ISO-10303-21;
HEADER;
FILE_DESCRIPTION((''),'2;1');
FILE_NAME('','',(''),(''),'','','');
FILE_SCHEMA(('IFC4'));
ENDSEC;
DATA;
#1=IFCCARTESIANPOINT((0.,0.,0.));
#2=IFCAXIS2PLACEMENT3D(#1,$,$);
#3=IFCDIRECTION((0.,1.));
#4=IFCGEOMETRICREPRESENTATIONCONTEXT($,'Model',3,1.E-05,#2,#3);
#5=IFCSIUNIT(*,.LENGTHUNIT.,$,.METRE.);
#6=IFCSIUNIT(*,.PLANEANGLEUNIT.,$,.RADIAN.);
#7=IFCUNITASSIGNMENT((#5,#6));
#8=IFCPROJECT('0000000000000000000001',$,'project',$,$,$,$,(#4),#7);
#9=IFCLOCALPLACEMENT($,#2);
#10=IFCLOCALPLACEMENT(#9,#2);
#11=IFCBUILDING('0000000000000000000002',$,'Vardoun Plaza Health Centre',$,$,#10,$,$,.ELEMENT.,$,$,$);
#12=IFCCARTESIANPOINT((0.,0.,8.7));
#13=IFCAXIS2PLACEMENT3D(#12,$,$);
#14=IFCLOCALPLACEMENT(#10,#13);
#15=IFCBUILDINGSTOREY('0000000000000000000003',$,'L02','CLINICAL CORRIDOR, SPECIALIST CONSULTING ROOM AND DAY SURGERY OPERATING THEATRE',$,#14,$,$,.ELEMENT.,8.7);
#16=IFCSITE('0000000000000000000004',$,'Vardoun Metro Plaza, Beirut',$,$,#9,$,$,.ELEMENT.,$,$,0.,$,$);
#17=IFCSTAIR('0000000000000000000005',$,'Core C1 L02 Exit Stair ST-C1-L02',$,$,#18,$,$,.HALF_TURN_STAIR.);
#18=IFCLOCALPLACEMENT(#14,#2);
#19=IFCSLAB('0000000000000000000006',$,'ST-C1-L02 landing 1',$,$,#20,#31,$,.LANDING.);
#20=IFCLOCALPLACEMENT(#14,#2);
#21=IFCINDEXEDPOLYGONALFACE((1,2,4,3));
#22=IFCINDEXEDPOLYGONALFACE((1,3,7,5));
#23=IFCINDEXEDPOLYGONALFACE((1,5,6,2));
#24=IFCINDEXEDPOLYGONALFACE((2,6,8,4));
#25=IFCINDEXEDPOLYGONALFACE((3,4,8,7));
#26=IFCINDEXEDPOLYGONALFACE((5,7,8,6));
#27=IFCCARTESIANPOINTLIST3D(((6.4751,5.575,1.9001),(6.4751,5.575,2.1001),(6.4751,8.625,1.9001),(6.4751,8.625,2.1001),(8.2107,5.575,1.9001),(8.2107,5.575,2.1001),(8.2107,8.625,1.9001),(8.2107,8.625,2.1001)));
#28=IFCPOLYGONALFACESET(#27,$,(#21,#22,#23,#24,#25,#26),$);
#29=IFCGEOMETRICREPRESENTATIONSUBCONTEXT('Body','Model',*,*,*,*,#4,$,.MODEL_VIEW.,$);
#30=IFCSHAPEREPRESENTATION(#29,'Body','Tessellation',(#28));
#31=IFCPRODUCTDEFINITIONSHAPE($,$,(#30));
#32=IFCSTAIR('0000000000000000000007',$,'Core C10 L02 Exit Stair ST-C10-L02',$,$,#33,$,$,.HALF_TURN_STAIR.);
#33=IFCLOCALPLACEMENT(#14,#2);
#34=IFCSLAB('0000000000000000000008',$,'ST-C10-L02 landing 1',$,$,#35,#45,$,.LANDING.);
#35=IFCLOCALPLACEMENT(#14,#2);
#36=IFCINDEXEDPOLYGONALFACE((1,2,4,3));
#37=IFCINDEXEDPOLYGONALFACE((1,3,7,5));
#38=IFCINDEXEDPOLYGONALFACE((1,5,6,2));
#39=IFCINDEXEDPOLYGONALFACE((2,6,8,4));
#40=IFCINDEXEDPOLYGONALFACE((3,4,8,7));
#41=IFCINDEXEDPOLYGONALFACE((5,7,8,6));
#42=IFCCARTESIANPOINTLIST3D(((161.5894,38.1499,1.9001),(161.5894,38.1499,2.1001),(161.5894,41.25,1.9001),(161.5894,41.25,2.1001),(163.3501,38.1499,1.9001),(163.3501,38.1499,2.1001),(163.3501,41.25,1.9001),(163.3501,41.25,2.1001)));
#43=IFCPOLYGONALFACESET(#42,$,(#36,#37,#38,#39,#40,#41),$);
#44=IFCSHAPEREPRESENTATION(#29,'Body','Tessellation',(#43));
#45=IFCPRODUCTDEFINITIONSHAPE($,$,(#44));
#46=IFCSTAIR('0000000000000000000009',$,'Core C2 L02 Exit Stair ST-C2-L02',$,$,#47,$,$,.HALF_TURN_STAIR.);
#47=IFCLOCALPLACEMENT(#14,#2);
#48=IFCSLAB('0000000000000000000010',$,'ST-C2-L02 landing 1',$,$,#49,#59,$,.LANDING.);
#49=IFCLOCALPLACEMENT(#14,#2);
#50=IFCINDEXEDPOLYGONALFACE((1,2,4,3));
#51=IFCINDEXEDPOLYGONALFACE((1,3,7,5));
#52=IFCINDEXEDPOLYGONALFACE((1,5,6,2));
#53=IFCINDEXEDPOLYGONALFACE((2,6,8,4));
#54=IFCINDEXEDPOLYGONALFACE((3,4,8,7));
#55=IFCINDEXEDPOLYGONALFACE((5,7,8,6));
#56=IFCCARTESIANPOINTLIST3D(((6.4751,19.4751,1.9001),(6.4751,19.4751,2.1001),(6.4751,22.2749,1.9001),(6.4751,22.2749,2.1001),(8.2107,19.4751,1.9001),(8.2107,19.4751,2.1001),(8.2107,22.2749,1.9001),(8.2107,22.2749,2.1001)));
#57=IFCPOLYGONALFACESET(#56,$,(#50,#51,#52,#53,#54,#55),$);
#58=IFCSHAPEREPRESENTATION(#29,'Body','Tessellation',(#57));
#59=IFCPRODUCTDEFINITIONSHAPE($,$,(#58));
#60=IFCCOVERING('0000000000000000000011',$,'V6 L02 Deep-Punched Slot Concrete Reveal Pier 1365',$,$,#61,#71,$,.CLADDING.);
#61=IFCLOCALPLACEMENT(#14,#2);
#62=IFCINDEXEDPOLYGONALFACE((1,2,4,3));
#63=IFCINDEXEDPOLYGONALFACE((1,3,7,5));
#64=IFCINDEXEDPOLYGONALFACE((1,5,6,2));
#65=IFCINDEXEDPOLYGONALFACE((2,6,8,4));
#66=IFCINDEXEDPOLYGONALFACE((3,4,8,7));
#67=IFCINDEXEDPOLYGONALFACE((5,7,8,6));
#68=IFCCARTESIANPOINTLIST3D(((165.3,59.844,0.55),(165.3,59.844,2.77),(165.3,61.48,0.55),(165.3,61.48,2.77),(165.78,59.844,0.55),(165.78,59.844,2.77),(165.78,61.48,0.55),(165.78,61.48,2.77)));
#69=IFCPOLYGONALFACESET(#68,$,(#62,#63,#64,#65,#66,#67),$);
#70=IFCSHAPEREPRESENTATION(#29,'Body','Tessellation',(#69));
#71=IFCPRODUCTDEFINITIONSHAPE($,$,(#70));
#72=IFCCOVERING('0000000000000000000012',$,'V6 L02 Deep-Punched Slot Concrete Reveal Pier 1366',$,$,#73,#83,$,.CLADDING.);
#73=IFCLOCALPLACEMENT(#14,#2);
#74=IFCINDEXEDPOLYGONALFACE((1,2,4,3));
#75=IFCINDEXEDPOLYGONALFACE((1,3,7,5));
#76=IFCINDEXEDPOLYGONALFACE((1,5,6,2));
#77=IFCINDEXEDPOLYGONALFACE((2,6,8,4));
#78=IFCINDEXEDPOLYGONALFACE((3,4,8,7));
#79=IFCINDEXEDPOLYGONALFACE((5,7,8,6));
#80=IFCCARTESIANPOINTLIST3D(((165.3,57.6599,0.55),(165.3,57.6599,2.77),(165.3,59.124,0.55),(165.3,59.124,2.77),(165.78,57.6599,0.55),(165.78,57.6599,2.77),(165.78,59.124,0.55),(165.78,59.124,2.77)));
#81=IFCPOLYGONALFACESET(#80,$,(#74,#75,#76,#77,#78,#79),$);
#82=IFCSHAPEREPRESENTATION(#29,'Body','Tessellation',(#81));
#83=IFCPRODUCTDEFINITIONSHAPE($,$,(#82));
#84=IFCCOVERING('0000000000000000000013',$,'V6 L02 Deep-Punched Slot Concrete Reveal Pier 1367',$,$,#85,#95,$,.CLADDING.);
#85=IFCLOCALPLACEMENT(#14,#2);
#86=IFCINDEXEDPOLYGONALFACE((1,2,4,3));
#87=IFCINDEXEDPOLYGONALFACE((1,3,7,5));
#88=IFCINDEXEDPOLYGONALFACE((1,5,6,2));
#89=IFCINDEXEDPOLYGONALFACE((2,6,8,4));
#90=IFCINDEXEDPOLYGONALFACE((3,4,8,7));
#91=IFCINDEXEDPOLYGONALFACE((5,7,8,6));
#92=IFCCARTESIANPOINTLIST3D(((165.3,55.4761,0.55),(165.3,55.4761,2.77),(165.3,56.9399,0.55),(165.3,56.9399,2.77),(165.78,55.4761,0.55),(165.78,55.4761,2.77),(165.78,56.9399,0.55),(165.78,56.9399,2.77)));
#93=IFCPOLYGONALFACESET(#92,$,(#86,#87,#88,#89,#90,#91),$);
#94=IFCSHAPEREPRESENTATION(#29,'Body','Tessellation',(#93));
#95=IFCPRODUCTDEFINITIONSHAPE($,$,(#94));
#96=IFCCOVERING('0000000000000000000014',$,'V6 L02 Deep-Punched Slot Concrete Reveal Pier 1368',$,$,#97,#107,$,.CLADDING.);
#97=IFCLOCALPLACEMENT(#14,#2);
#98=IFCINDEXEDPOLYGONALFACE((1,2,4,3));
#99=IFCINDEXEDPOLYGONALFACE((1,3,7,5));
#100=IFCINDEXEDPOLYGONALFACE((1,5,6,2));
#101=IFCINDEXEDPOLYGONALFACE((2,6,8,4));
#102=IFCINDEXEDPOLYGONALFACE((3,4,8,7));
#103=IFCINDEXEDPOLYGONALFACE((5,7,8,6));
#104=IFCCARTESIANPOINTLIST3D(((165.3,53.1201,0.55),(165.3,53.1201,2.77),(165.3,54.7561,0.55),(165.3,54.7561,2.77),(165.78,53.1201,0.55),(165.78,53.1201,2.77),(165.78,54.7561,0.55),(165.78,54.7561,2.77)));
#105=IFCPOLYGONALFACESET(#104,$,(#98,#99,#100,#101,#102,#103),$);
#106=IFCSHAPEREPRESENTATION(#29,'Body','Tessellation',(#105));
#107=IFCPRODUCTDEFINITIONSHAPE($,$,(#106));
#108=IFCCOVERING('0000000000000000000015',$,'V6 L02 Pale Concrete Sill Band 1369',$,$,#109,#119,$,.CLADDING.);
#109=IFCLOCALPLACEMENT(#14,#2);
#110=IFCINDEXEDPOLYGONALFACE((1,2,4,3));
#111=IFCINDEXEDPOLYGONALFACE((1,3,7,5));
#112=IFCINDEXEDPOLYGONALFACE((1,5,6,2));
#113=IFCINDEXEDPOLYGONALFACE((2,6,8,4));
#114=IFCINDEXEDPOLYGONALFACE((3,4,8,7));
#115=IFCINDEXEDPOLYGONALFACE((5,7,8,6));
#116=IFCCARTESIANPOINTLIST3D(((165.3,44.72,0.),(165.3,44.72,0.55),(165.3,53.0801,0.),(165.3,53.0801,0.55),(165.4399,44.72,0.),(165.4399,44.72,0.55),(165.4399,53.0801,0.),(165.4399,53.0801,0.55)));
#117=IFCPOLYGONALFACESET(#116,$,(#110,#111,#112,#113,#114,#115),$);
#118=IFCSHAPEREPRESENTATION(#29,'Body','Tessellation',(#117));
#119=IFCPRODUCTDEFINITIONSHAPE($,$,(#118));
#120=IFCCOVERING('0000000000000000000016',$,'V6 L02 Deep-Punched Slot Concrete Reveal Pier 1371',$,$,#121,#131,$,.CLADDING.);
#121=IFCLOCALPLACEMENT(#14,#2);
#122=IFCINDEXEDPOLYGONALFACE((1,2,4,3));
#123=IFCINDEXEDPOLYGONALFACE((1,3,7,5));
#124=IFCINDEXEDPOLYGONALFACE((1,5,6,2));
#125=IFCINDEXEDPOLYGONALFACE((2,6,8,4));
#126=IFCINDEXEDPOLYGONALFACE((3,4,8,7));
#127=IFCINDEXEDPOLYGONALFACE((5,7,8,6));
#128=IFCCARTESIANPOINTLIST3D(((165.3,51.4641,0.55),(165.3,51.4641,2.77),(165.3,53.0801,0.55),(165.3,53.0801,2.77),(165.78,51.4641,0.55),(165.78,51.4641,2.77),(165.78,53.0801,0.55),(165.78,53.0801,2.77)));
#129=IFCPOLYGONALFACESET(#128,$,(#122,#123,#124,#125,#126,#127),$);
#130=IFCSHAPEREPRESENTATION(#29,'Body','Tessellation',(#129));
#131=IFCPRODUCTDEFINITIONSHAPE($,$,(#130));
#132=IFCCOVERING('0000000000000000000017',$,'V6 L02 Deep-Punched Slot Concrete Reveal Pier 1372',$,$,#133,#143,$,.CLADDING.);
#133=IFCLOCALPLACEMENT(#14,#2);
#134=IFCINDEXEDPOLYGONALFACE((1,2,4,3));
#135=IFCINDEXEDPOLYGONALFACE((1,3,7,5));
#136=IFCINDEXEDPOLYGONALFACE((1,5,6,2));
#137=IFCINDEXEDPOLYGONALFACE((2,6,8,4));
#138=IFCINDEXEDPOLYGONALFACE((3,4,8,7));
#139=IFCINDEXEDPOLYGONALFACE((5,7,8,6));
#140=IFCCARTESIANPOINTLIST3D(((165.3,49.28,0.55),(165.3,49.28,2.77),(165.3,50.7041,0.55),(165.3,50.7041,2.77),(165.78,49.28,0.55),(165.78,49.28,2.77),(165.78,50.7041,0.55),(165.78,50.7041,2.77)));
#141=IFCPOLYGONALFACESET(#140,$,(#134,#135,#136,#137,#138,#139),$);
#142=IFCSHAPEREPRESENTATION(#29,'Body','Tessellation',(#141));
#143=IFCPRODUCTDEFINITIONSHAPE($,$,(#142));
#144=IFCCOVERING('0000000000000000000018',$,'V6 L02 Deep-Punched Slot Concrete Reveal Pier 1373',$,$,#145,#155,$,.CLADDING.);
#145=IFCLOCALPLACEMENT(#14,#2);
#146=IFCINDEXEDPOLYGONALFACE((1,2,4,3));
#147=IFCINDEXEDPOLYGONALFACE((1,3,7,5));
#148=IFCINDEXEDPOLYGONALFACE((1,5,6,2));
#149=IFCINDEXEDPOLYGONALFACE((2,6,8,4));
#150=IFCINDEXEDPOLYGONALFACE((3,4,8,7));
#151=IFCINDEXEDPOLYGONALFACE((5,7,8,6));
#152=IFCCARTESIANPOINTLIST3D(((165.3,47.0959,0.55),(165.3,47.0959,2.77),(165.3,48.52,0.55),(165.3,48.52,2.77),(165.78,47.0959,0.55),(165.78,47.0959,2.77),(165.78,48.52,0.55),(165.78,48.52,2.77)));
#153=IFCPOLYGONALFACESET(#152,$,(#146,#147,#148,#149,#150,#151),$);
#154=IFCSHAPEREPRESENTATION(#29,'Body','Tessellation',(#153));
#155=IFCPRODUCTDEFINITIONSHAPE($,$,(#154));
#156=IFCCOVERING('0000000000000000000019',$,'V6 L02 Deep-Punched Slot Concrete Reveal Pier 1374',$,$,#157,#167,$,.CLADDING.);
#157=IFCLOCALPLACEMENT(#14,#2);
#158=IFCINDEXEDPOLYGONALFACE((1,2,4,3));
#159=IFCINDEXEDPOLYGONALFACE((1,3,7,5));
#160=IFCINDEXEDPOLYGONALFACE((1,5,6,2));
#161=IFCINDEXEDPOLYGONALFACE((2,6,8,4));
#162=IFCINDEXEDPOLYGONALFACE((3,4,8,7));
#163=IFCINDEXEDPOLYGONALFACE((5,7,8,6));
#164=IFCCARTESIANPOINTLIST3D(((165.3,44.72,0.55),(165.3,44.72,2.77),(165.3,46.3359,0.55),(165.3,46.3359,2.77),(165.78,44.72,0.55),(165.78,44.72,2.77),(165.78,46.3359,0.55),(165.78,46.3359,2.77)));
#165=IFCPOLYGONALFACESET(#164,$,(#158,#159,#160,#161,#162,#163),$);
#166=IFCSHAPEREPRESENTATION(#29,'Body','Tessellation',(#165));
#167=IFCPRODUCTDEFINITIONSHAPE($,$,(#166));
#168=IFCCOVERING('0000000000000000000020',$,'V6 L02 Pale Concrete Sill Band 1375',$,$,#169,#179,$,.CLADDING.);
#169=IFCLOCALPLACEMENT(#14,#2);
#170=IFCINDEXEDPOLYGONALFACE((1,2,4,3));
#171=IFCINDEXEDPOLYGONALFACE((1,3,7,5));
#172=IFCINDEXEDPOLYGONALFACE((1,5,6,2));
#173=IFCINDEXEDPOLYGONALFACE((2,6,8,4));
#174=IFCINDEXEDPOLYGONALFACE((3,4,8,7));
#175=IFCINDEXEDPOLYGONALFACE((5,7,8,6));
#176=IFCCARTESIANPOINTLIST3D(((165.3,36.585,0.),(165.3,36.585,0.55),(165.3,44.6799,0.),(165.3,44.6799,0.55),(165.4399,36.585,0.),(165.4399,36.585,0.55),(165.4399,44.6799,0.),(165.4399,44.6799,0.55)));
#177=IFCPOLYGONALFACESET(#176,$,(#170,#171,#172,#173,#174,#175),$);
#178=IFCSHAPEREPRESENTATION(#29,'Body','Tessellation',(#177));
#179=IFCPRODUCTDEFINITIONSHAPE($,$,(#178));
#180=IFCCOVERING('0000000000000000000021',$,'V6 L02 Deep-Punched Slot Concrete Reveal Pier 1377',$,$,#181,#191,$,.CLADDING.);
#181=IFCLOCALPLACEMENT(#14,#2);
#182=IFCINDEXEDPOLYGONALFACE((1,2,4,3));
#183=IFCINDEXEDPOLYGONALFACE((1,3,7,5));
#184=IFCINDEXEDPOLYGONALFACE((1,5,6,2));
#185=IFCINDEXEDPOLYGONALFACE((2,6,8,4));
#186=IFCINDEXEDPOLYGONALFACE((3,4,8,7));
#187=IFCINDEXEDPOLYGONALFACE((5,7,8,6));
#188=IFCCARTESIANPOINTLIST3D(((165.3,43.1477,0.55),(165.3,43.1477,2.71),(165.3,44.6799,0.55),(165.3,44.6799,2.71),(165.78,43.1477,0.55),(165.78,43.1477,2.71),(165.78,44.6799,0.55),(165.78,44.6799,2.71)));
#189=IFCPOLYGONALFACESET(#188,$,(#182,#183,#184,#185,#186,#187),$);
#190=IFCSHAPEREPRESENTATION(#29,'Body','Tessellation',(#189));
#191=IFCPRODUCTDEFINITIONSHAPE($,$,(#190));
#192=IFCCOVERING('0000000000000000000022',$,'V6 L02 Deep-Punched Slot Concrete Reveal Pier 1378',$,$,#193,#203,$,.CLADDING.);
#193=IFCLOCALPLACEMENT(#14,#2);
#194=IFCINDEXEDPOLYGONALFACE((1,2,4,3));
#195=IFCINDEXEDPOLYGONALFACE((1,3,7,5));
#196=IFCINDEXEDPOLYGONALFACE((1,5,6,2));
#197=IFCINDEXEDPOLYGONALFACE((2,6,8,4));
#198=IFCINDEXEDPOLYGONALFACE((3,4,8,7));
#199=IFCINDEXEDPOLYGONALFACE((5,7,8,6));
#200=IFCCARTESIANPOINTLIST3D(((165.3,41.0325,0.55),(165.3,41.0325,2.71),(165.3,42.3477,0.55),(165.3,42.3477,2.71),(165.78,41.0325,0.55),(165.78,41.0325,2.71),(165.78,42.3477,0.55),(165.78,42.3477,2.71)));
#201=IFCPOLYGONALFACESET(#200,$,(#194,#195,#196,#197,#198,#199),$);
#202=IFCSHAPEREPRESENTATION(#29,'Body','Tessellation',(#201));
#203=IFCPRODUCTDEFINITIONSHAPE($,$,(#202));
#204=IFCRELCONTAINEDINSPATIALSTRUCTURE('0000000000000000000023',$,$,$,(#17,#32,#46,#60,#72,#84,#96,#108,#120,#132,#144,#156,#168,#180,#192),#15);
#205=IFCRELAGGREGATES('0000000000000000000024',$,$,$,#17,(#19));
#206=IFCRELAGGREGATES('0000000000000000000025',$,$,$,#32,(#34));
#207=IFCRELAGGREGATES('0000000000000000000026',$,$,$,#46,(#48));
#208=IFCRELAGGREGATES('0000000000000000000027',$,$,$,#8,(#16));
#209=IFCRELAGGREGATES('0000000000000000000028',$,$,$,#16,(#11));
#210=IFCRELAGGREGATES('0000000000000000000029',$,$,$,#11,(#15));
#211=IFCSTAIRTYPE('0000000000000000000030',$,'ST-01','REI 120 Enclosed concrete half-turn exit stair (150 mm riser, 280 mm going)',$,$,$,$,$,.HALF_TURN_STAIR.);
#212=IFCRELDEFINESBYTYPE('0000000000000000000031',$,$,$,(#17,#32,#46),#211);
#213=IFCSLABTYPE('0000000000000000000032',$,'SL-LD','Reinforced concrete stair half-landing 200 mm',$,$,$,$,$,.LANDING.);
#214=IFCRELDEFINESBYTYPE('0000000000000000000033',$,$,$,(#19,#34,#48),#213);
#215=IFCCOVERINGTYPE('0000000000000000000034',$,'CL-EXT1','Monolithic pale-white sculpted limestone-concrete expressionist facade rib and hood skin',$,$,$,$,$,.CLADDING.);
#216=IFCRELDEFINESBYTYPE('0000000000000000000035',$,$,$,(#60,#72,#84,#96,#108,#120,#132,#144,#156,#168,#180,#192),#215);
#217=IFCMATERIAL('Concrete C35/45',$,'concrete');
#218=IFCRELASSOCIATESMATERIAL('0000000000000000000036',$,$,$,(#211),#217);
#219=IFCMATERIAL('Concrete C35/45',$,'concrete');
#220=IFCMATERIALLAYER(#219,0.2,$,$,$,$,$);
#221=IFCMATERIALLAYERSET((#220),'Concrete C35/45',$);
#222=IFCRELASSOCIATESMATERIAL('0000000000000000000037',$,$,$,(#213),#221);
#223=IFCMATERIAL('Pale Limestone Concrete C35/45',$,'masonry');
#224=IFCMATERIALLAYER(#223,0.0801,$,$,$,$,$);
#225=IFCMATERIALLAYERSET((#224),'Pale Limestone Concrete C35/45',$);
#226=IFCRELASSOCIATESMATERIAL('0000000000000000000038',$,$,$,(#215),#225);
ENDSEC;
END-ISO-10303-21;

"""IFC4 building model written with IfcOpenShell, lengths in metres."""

from ifc_helpers import new_model, si_unit, direction, frame, origin, place, context, subcontext, project, spatial, polyline, outline, extrude, material, layer, layer_set, type_object, element, aggregate, save


model = new_model("IFC4")

# Units and contexts
model_context = context("Model", 3, precision=1e-05, world=origin(), true_north=direction((0.0, 1.0)))
body_context = subcontext(model_context, "Body", "Model", "MODEL_VIEW")
ifc_project = project(units=[si_unit("LENGTHUNIT", "METRE"), si_unit("PLANEANGLEUNIT", "RADIAN")], contexts=[model_context])

# Site, building, storey
site_placement = place(None, origin())
site = spatial("IfcSite", under=ifc_project, at=site_placement, Name="Vardoun Metro Plaza, Beirut", CompositionType="ELEMENT", RefElevation=0.0)
building_placement = place(site_placement, origin())
building = spatial("IfcBuilding", under=site, at=building_placement, Name="Vardoun Plaza Health Centre", CompositionType="ELEMENT")
storey_placement = place(building_placement, frame((0.0, 0.0, 8.7)))
storey = spatial("IfcBuildingStorey", under=building, at=storey_placement, Name="L02", Description="CLINICAL CORRIDOR, SPECIALIST CONSULTING ROOM AND DAY SURGERY OPERATING THEATRE", CompositionType="ELEMENT", Elevation=8.7)

# Stairs, slabs
ifc_material_1 = material(Name="Concrete C35/45", Category="concrete")
stair_type = type_object("IfcStairType", Name="ST-01", Description="REI 120 Enclosed concrete half-turn exit stair (150 mm riser, 280 mm going)", PredefinedType="HALF_TURN_STAIR", material=ifc_material_1)
stair_1_placement = place(storey_placement, origin())
stair_1 = element("IfcStair", 1, at=stair_1_placement, inside=storey, type_object=stair_type, Name="Core C1 L02 Exit Stair ST-C1-L02", PredefinedType="HALF_TURN_STAIR")
ifc_material_2 = material(Name="Concrete C35/45", Category="concrete")
ifc_layer_1 = layer(ifc_material_2, 0.2)
ifc_layer_set_1 = layer_set([ifc_layer_1], Name="Concrete C35/45")
slab_type = type_object("IfcSlabType", Name="SL-LD", Description="Reinforced concrete stair half-landing 200 mm", PredefinedType="LANDING", material=ifc_layer_set_1)
slab_1_placement = place(storey_placement, frame((0.0, 0.0, 1.9001)))
slab_1 = element("IfcSlab", 2, at=slab_1_placement, type_object=slab_type, Name="ST-C1-L02 landing 1", PredefinedType="LANDING", context=body_context, shape_type="SweptSolid", body=[
    extrude(outline(polyline([(6.4751, 5.575), (8.2107, 5.575), (8.2107, 8.625), (6.4751, 8.625), (6.4751, 5.575)])), origin(), (0.0, 0.0, 1.0), 0.2),
])
aggregate(stair_1, [slab_1])
stair_2_placement = place(storey_placement, origin())
stair_2 = element("IfcStair", 3, at=stair_2_placement, inside=storey, type_object=stair_type, Name="Core C10 L02 Exit Stair ST-C10-L02", PredefinedType="HALF_TURN_STAIR")
slab_2_placement = place(storey_placement, frame((0.0, 0.0, 1.9001)))
slab_2 = element("IfcSlab", 4, at=slab_2_placement, type_object=slab_type, Name="ST-C10-L02 landing 1", PredefinedType="LANDING", context=body_context, shape_type="SweptSolid", body=[
    extrude(outline(polyline([(161.5894, 38.1499), (163.3501, 38.1499), (163.3501, 41.25), (161.5894, 41.25), (161.5894, 38.1499)])), origin(), (0.0, 0.0, 1.0), 0.2),
])
aggregate(stair_2, [slab_2])
stair_3_placement = place(storey_placement, origin())
stair_3 = element("IfcStair", 5, at=stair_3_placement, inside=storey, type_object=stair_type, Name="Core C2 L02 Exit Stair ST-C2-L02", PredefinedType="HALF_TURN_STAIR")
slab_3_placement = place(storey_placement, frame((0.0, 0.0, 1.9001)))
slab_3 = element("IfcSlab", 6, at=slab_3_placement, type_object=slab_type, Name="ST-C2-L02 landing 1", PredefinedType="LANDING", context=body_context, shape_type="SweptSolid", body=[
    extrude(outline(polyline([(6.4751, 19.4751), (8.2107, 19.4751), (8.2107, 22.2749), (6.4751, 22.2749), (6.4751, 19.4751)])), origin(), (0.0, 0.0, 1.0), 0.2),
])
aggregate(stair_3, [slab_3])

# Coverings
ifc_material_3 = material(Name="Pale Limestone Concrete C35/45", Category="masonry")
ifc_layer_2 = layer(ifc_material_3, 0.0801)
ifc_layer_set_2 = layer_set([ifc_layer_2], Name="Pale Limestone Concrete C35/45")
covering_type_1 = type_object("IfcCoveringType", Name="CL-EXT1", Description="Monolithic pale-white sculpted limestone-concrete expressionist facade rib and hood skin", PredefinedType="CLADDING", material=ifc_layer_set_2)
covering_1_placement = place(storey_placement, frame((0.0, 0.0, 0.55)))
element("IfcCovering", 7, at=covering_1_placement, inside=storey, type_object=covering_type_1, Name="V6 L02 Deep-Punched Slot Concrete Reveal Pier 1365", PredefinedType="CLADDING", context=body_context, shape_type="SweptSolid", body=[
    extrude(outline(polyline([(165.3, 61.48), (165.3, 59.844), (165.78, 59.844), (165.78, 61.48), (165.3, 61.48)])), origin(), (0.0, 0.0, 1.0), 2.22),
])
covering_2_placement = place(storey_placement, frame((0.0, 0.0, 0.55)))
element("IfcCovering", 8, at=covering_2_placement, inside=storey, type_object=covering_type_1, Name="V6 L02 Deep-Punched Slot Concrete Reveal Pier 1366", PredefinedType="CLADDING", context=body_context, shape_type="SweptSolid", body=[
    extrude(outline(polyline([(165.3, 59.124), (165.3, 57.6599), (165.78, 57.6599), (165.78, 59.124), (165.3, 59.124)])), origin(), (0.0, 0.0, 1.0), 2.22),
])
covering_3_placement = place(storey_placement, frame((0.0, 0.0, 0.55)))
element("IfcCovering", 9, at=covering_3_placement, inside=storey, type_object=covering_type_1, Name="V6 L02 Deep-Punched Slot Concrete Reveal Pier 1367", PredefinedType="CLADDING", context=body_context, shape_type="SweptSolid", body=[
    extrude(outline(polyline([(165.3, 56.9399), (165.3, 55.4761), (165.78, 55.4761), (165.78, 56.9399), (165.3, 56.9399)])), origin(), (0.0, 0.0, 1.0), 2.22),
])
covering_4_placement = place(storey_placement, frame((0.0, 0.0, 0.55)))
element("IfcCovering", 10, at=covering_4_placement, inside=storey, type_object=covering_type_1, Name="V6 L02 Deep-Punched Slot Concrete Reveal Pier 1368", PredefinedType="CLADDING", context=body_context, shape_type="SweptSolid", body=[
    extrude(outline(polyline([(165.3, 54.7561), (165.3, 53.1201), (165.78, 53.1201), (165.78, 54.7561), (165.3, 54.7561)])), origin(), (0.0, 0.0, 1.0), 2.22),
])
covering_5_placement = place(storey_placement, origin())
element("IfcCovering", 11, at=covering_5_placement, inside=storey, type_object=covering_type_1, Name="V6 L02 Pale Concrete Sill Band 1369", PredefinedType="CLADDING", context=body_context, shape_type="SweptSolid", body=[
    extrude(outline(polyline([(165.3, 53.0801), (165.3, 44.72), (165.4399, 44.72), (165.4399, 53.0801), (165.3, 53.0801)])), origin(), (0.0, 0.0, 1.0), 0.55),
])
covering_6_placement = place(storey_placement, frame((0.0, 0.0, 0.55)))
element("IfcCovering", 12, at=covering_6_placement, inside=storey, type_object=covering_type_1, Name="V6 L02 Deep-Punched Slot Concrete Reveal Pier 1371", PredefinedType="CLADDING", context=body_context, shape_type="SweptSolid", body=[
    extrude(outline(polyline([(165.3, 53.0801), (165.3, 51.4641), (165.78, 51.4641), (165.78, 53.0801), (165.3, 53.0801)])), origin(), (0.0, 0.0, 1.0), 2.22),
])
covering_7_placement = place(storey_placement, frame((0.0, 0.0, 0.55)))
element("IfcCovering", 13, at=covering_7_placement, inside=storey, type_object=covering_type_1, Name="V6 L02 Deep-Punched Slot Concrete Reveal Pier 1372", PredefinedType="CLADDING", context=body_context, shape_type="SweptSolid", body=[
    extrude(outline(polyline([(165.3, 50.7041), (165.3, 49.28), (165.78, 49.28), (165.78, 50.7041), (165.3, 50.7041)])), origin(), (0.0, 0.0, 1.0), 2.22),
])
covering_8_placement = place(storey_placement, frame((0.0, 0.0, 0.55)))
element("IfcCovering", 14, at=covering_8_placement, inside=storey, type_object=covering_type_1, Name="V6 L02 Deep-Punched Slot Concrete Reveal Pier 1373", PredefinedType="CLADDING", context=body_context, shape_type="SweptSolid", body=[
    extrude(outline(polyline([(165.3, 48.52), (165.3, 47.0959), (165.78, 47.0959), (165.78, 48.52), (165.3, 48.52)])), origin(), (0.0, 0.0, 1.0), 2.22),
])
covering_9_placement = place(storey_placement, frame((0.0, 0.0, 0.55)))
element("IfcCovering", 15, at=covering_9_placement, inside=storey, type_object=covering_type_1, Name="V6 L02 Deep-Punched Slot Concrete Reveal Pier 1374", PredefinedType="CLADDING", context=body_context, shape_type="SweptSolid", body=[
    extrude(outline(polyline([(165.3, 46.3359), (165.3, 44.72), (165.78, 44.72), (165.78, 46.3359), (165.3, 46.3359)])), origin(), (0.0, 0.0, 1.0), 2.22),
])
covering_10_placement = place(storey_placement, origin())
element("IfcCovering", 16, at=covering_10_placement, inside=storey, type_object=covering_type_1, Name="V6 L02 Pale Concrete Sill Band 1375", PredefinedType="CLADDING", context=body_context, shape_type="SweptSolid", body=[
    extrude(outline(polyline([(165.3, 44.6799), (165.3, 36.585), (165.4399, 36.585), (165.4399, 44.6799), (165.3, 44.6799)])), origin(), (0.0, 0.0, 1.0), 0.55),
])
covering_11_placement = place(storey_placement, frame((0.0, 0.0, 0.55)))
element("IfcCovering", 17, at=covering_11_placement, inside=storey, type_object=covering_type_1, Name="V6 L02 Deep-Punched Slot Concrete Reveal Pier 1377", PredefinedType="CLADDING", context=body_context, shape_type="SweptSolid", body=[
    extrude(outline(polyline([(165.3, 44.6799), (165.3, 43.1477), (165.78, 43.1477), (165.78, 44.6799), (165.3, 44.6799)])), origin(), (0.0, 0.0, 1.0), 2.1599),
])
covering_12_placement = place(storey_placement, frame((0.0, 0.0, 0.55)))
element("IfcCovering", 18, at=covering_12_placement, inside=storey, type_object=covering_type_1, Name="V6 L02 Deep-Punched Slot Concrete Reveal Pier 1378", PredefinedType="CLADDING", context=body_context, shape_type="SweptSolid", body=[
    extrude(outline(polyline([(165.3, 42.3477), (165.3, 41.0325), (165.78, 41.0325), (165.78, 42.3477), (165.3, 42.3477)])), origin(), (0.0, 0.0, 1.0), 2.1599),
])

save(model, "model.ifc")
